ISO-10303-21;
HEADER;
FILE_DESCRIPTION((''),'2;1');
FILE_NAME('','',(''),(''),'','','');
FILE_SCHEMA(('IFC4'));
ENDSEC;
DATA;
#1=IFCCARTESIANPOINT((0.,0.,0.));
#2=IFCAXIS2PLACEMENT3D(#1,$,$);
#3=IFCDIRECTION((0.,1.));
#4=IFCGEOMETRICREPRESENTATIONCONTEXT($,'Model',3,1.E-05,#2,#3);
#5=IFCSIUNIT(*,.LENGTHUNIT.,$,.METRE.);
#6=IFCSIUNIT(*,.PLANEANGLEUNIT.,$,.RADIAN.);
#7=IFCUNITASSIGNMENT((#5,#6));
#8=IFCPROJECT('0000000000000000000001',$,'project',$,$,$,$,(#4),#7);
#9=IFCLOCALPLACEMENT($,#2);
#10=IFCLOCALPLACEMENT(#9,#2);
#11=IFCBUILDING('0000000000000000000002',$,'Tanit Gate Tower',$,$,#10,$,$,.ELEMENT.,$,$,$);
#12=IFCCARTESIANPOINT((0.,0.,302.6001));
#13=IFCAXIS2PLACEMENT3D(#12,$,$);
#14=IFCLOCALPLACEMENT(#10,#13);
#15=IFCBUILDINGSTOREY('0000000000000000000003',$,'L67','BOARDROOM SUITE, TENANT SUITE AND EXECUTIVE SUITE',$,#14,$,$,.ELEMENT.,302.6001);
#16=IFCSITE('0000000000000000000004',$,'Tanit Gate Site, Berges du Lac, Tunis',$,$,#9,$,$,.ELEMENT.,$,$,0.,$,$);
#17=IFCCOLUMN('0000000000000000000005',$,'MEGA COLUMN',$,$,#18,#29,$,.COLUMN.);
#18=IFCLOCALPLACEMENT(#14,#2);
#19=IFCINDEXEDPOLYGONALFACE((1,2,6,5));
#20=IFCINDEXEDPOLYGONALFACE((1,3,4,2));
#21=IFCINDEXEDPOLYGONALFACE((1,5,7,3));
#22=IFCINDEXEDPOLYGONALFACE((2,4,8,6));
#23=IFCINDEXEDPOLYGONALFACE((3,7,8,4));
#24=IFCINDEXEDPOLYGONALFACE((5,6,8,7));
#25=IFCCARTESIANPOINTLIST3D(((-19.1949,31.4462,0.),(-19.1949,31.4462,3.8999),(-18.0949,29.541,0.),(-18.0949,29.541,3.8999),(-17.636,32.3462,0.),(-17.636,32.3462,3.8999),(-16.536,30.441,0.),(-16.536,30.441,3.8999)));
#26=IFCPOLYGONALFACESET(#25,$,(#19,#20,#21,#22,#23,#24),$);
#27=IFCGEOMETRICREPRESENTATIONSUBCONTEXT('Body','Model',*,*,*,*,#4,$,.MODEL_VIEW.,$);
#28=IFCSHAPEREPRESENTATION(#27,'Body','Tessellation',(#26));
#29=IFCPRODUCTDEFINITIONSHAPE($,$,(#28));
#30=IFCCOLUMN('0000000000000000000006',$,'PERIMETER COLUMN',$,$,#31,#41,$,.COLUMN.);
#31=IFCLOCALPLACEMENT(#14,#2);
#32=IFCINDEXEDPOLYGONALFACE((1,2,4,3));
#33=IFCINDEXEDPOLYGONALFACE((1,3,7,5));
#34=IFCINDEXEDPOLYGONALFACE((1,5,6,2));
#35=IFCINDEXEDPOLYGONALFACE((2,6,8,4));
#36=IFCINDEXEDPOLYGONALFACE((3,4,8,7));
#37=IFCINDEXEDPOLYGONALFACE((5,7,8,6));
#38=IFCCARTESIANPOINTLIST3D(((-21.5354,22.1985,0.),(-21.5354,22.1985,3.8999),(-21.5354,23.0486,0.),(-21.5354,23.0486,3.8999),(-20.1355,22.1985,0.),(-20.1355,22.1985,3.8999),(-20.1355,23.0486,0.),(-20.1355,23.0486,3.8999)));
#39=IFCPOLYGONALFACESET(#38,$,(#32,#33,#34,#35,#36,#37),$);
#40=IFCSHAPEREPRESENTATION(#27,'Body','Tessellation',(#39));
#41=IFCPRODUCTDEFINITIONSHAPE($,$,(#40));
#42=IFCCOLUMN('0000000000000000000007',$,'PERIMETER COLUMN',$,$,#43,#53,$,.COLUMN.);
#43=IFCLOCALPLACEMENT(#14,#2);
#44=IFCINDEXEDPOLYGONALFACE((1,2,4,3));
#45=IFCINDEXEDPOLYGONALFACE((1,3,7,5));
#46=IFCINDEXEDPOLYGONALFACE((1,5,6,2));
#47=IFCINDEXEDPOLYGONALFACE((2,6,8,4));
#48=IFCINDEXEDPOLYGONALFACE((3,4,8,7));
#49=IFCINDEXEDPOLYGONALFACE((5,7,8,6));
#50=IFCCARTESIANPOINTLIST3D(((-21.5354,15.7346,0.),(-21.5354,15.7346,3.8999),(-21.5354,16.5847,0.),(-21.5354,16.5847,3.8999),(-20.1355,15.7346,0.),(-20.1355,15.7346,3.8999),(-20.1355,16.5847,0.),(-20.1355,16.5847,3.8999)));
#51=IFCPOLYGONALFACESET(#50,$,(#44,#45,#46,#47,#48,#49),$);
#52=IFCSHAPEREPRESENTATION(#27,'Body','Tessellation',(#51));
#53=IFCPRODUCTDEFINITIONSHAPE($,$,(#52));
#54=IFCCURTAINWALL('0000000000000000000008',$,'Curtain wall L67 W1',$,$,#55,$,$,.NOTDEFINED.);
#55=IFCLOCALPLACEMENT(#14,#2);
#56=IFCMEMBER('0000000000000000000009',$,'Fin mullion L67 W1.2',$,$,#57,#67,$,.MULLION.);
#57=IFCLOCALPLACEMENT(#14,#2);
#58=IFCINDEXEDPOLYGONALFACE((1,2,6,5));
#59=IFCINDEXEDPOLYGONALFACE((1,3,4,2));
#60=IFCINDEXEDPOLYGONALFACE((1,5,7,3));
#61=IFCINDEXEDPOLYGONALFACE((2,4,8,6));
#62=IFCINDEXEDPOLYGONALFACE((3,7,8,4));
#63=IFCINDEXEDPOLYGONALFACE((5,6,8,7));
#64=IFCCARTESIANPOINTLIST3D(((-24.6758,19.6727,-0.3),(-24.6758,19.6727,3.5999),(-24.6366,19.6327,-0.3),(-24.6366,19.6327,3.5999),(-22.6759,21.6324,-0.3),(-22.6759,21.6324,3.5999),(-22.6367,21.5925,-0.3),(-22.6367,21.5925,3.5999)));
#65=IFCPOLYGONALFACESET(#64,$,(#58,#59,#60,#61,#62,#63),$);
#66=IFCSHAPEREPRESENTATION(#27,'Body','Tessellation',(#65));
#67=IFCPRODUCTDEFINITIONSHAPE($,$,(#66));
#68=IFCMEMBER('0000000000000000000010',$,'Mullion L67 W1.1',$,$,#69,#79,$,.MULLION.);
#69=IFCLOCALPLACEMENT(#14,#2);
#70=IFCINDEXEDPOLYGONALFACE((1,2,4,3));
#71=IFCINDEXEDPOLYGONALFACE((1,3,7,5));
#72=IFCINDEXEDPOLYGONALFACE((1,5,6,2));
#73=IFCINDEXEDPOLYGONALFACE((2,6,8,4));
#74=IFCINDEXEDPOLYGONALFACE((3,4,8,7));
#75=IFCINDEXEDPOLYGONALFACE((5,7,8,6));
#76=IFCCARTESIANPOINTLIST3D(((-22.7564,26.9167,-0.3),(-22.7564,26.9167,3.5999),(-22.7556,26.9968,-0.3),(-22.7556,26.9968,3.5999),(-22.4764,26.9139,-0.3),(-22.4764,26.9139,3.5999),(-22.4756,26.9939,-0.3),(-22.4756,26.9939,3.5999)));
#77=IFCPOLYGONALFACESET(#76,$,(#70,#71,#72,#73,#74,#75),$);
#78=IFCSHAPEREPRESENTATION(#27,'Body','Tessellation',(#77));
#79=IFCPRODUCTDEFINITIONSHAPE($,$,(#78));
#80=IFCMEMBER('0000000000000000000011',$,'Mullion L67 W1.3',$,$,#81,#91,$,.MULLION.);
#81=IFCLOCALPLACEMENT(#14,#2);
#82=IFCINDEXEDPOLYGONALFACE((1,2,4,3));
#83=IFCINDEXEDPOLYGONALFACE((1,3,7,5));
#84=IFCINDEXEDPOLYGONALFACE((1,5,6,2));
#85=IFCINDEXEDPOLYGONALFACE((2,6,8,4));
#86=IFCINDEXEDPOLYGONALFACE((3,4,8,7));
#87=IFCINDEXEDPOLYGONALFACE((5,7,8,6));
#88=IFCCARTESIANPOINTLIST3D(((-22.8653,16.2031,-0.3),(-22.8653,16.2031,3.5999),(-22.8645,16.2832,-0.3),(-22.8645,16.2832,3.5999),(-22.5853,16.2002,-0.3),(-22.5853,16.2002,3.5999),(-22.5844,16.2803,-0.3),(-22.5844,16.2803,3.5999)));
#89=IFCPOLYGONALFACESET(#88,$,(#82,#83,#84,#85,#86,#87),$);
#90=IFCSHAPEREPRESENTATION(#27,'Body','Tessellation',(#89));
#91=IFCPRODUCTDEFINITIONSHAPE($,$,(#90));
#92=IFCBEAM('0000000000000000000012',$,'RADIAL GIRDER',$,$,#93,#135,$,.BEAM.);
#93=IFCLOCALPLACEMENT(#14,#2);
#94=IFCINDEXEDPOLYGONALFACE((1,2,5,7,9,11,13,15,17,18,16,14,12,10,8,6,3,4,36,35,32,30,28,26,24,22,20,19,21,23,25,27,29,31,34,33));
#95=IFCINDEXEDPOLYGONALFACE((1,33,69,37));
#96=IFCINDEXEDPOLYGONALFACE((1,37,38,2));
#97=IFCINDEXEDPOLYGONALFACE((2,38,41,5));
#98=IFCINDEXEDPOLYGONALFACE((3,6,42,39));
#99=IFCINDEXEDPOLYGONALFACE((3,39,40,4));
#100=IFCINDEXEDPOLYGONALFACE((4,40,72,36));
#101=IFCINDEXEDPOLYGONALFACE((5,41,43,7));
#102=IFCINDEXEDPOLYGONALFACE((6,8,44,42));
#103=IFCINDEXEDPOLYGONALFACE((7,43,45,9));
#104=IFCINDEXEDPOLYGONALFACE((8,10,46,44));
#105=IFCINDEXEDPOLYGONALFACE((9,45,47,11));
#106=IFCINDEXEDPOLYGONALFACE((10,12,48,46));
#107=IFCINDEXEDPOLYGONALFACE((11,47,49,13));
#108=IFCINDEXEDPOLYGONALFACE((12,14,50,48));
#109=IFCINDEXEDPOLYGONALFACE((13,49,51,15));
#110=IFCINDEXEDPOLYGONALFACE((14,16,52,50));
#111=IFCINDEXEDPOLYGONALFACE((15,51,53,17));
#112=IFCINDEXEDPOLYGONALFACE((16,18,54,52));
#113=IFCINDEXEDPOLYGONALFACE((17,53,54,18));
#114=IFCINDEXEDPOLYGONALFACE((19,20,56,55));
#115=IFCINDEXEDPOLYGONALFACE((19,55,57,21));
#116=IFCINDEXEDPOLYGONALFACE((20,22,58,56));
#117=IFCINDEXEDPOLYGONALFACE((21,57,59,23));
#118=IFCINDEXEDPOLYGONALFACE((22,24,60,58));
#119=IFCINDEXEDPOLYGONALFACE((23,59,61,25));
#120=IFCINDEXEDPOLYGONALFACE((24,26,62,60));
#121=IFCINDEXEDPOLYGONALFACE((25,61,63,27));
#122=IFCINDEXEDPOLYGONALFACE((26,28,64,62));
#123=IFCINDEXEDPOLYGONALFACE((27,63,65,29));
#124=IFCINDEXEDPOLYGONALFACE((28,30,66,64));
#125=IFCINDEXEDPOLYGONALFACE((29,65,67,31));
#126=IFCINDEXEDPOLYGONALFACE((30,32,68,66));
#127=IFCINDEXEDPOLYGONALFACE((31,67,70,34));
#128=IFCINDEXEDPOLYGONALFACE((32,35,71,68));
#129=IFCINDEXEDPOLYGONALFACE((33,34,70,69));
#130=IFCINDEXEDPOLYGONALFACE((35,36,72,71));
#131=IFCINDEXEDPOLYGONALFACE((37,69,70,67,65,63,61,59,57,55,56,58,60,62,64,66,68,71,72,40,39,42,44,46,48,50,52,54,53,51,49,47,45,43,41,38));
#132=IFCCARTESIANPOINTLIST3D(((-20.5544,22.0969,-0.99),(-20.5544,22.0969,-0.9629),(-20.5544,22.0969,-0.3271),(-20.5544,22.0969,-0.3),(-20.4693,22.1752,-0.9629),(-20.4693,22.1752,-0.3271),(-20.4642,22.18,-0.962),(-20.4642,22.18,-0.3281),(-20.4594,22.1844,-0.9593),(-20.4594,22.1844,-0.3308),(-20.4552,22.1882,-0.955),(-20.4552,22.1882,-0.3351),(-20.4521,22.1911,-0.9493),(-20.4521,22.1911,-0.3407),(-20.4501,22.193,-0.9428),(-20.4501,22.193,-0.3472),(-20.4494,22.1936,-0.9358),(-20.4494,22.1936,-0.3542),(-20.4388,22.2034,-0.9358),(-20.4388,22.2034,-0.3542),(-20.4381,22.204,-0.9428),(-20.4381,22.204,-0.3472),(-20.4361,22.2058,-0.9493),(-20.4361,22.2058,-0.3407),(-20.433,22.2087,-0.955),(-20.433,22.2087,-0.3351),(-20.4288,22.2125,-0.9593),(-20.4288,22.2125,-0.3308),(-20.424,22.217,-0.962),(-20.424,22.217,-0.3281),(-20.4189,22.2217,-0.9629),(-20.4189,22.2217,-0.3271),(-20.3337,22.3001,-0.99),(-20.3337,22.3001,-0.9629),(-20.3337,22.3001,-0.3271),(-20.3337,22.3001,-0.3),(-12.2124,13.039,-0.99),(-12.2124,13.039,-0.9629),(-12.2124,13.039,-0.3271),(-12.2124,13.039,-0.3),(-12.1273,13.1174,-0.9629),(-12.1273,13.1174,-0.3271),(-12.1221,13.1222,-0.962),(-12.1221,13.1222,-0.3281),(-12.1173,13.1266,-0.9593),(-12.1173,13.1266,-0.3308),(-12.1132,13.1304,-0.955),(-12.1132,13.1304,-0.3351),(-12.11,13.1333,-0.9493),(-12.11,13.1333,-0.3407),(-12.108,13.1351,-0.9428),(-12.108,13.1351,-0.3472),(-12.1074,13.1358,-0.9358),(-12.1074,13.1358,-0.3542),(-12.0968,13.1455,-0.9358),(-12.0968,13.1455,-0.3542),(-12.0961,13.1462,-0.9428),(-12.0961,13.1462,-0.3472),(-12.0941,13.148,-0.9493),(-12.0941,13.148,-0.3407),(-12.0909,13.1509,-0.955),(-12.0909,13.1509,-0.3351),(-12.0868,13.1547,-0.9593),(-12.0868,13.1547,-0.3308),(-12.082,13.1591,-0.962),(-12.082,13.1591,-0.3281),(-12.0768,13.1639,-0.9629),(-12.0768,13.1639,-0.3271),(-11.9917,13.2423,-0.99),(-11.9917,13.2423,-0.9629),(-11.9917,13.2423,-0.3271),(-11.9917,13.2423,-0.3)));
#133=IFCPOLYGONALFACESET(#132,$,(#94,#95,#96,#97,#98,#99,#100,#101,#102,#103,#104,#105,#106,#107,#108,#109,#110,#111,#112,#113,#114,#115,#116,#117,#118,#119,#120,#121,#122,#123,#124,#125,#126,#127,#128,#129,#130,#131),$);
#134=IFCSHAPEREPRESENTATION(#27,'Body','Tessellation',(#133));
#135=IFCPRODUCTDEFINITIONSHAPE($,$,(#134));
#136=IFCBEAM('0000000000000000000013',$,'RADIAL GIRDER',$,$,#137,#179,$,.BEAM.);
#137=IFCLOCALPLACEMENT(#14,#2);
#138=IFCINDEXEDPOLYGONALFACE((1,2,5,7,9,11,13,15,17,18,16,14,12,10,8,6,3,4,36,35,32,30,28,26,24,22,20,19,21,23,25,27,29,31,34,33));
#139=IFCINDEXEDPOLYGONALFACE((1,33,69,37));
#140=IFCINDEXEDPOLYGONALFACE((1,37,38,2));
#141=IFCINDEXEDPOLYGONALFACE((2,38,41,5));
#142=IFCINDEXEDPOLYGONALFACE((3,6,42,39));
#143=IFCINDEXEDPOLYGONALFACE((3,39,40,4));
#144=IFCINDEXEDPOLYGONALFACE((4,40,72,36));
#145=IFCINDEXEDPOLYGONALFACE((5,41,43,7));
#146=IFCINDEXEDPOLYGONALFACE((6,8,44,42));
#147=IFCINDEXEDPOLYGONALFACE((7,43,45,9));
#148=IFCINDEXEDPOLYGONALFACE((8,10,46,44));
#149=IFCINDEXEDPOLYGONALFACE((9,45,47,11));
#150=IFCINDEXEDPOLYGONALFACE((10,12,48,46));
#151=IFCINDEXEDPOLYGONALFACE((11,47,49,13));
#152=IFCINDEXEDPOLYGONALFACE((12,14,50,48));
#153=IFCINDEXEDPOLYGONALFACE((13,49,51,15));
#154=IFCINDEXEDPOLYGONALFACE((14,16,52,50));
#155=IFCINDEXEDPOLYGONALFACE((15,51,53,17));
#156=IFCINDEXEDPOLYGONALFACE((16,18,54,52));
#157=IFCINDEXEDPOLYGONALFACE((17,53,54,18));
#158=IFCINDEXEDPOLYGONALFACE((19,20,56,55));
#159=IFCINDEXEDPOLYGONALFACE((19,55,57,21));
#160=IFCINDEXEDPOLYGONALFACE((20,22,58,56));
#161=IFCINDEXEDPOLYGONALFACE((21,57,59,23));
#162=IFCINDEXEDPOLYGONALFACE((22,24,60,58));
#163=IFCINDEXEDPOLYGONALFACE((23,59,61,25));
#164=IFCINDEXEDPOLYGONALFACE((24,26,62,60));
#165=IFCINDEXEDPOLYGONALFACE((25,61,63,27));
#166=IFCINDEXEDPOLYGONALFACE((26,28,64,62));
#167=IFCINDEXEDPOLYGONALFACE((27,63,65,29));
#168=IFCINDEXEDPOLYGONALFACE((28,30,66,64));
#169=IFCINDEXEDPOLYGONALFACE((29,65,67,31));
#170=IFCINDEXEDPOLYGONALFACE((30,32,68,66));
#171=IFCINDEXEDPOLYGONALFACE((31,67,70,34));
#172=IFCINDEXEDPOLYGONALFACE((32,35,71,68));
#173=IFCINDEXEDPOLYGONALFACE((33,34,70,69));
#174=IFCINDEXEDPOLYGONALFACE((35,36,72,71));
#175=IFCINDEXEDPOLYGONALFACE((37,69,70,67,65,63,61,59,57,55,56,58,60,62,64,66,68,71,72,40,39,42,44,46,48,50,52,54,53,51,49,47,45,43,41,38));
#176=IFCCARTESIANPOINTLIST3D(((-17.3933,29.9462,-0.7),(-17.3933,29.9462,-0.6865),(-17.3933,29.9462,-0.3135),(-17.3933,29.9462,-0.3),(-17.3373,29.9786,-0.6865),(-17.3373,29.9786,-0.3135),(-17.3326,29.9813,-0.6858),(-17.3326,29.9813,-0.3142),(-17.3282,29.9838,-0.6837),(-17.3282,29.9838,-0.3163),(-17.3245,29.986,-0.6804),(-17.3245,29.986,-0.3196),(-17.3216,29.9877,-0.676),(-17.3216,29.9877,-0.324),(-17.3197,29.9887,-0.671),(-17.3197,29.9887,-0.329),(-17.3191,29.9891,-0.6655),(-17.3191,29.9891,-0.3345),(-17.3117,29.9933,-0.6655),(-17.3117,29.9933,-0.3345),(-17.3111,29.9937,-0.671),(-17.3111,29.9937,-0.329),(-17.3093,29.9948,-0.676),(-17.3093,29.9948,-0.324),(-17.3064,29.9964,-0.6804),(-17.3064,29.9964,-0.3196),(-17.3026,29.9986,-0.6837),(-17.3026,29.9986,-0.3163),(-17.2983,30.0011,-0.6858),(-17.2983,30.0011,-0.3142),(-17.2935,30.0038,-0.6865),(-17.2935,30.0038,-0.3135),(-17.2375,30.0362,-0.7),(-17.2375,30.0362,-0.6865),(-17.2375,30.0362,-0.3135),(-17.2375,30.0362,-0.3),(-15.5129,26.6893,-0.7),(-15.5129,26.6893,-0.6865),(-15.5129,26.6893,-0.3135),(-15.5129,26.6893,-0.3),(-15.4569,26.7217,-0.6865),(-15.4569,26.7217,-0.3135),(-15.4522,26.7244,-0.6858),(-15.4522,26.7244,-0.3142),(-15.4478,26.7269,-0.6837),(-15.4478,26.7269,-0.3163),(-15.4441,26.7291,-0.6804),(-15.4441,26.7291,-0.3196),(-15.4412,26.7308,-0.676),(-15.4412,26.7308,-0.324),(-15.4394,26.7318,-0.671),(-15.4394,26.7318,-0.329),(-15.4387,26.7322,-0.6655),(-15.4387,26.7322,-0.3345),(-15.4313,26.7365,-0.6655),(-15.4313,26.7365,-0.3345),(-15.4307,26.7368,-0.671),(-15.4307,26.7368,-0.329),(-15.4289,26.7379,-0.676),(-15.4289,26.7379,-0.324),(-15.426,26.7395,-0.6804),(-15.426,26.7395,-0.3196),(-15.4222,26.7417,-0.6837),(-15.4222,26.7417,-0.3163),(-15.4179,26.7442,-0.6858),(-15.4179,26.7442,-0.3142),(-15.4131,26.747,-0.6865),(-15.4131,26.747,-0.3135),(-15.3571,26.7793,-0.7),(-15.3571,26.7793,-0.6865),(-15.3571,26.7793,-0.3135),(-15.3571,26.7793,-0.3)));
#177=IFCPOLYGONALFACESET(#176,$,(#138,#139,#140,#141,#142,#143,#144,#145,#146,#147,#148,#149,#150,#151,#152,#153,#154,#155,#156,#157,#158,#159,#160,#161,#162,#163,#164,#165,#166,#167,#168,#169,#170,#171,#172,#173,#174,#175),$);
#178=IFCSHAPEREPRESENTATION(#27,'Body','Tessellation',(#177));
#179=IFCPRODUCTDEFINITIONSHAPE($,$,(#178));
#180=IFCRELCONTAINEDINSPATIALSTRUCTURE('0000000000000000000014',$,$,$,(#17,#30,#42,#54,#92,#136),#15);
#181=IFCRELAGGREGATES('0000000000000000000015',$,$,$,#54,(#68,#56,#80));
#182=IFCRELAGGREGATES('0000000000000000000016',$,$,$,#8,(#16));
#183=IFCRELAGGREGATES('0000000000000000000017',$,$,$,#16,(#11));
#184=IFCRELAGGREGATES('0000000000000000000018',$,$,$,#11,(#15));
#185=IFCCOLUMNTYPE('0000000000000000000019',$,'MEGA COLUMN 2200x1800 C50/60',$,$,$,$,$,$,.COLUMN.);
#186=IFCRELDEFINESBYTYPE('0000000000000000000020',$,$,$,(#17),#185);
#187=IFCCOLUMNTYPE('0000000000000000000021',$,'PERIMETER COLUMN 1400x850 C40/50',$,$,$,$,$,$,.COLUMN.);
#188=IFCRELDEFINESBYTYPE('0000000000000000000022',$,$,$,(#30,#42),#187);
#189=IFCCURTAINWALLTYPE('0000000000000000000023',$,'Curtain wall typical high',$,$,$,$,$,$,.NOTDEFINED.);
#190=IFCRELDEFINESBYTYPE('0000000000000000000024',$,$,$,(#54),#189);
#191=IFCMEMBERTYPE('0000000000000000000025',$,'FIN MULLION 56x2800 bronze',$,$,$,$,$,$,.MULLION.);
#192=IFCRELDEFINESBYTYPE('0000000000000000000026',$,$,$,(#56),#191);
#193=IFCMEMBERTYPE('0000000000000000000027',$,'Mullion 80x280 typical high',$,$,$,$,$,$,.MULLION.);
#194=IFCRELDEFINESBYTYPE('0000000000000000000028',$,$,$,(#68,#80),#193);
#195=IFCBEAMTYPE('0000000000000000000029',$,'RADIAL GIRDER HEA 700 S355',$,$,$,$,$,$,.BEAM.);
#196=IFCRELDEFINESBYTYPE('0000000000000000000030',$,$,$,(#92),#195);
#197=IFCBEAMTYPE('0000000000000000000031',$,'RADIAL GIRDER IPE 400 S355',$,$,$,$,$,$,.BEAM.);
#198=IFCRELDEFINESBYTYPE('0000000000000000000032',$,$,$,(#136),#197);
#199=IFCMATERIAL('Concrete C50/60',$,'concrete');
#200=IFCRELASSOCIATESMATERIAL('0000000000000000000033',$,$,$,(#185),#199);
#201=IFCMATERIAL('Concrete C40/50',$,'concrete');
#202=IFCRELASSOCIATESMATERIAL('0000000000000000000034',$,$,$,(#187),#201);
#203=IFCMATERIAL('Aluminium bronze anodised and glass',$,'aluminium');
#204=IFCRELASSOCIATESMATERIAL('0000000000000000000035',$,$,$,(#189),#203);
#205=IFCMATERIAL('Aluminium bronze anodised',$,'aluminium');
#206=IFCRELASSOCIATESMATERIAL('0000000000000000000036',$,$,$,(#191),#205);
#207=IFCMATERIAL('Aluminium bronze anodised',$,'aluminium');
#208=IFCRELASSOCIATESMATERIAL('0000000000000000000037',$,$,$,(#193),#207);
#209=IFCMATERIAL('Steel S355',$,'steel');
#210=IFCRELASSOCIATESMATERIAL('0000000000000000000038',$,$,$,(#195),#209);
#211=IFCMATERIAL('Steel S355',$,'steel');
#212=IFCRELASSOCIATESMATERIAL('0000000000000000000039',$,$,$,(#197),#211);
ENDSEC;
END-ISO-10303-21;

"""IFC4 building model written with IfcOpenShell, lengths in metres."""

from ifc_helpers import new_model, si_unit, direction, frame, origin, origin_2d, place, context, subcontext, project, spatial, rectangle, i_section, extrude, material, material_profile, profile_set, type_object, element, aggregate, save


model = new_model("IFC4")

# Units and contexts
model_context = context("Model", 3, precision=1e-05, world=origin(), true_north=direction((0.0, 1.0)))
body_context = subcontext(model_context, "Body", "Model", "MODEL_VIEW")
ifc_project = project(units=[si_unit("LENGTHUNIT", "METRE"), si_unit("PLANEANGLEUNIT", "RADIAN")], contexts=[model_context])

# Site, building, storey
site_placement = place(None, origin())
site = spatial("IfcSite", under=ifc_project, at=site_placement, Name="Tanit Gate Site, Berges du Lac, Tunis", CompositionType="ELEMENT", RefElevation=0.0)
building_placement = place(site_placement, origin())
building = spatial("IfcBuilding", under=site, at=building_placement, Name="Tanit Gate Tower", CompositionType="ELEMENT")
storey_placement = place(building_placement, frame((0.0, 0.0, 302.6001)))
storey = spatial("IfcBuildingStorey", under=building, at=storey_placement, Name="L67", Description="BOARDROOM SUITE, TENANT SUITE AND EXECUTIVE SUITE", CompositionType="ELEMENT", Elevation=302.6001)

# Columns
ifc_material_1 = material(Name="Concrete C50/60", Category="concrete")
ifc_material_profile_1 = material_profile(ifc_material_1, rectangle(XDim=2.2, YDim=1.8, at=origin_2d()), Name="RC 2200x1800")
ifc_profile_set_1 = profile_set([ifc_material_profile_1], Name="Concrete C50/60")
column_type_1 = type_object("IfcColumnType", Name="MEGA COLUMN 2200x1800 C50/60", PredefinedType="COLUMN", material=ifc_profile_set_1)
column_placement = place(storey_placement, frame((-17.8655, 30.9436, 0.0), z_axis=(0.0, 0.0, 1.0), x_axis=(-0.5, 0.866025, 0.0)))
element("IfcColumn", 1, at=column_placement, inside=storey, type_object=column_type_1, Name="MEGA COLUMN", PredefinedType="COLUMN", context=body_context, shape_type="SweptSolid", body=[
    extrude(rectangle(XDim=2.2, YDim=1.8, at=origin_2d()), origin(), (0.0, 0.0, 1.0), 3.8999),
])
ifc_material_2 = material(Name="Concrete C40/50", Category="concrete")
ifc_material_profile_2 = material_profile(ifc_material_2, rectangle(XDim=1.3999, YDim=0.8501, at=origin_2d()), Name="RC 1400x850")
ifc_profile_set_2 = profile_set([ifc_material_profile_2], Name="Concrete C40/50")
column_type_2 = type_object("IfcColumnType", Name="PERIMETER COLUMN 1400x850 C40/50", PredefinedType="COLUMN", material=ifc_profile_set_2)
for number, where, z_axis, x_axis, name in (
    (2, (-20.8354, 22.6235, 0.0), (0.0, 0.0, 1.0), (-1.0, 0.0, 0.0), "PERIMETER COLUMN"),
    (3, (-20.8354, 16.1597, 0.0), (0.0, 0.0, 1.0), (-1.0, 0.0, 0.0), "PERIMETER COLUMN"),
):
    element("IfcColumn", number, at=place(storey_placement, frame(where, z_axis=z_axis, x_axis=x_axis)), inside=storey, type_object=column_type_2, Name=name, PredefinedType="COLUMN", context=body_context, shape_type="SweptSolid", body=[
        extrude(rectangle(XDim=1.3999, YDim=0.8501, at=origin_2d()), origin(), (0.0, 0.0, 1.0), 3.8999),
    ])

# Curtain wall, members
ifc_material_3 = material(Name="Aluminium bronze anodised and glass", Category="aluminium")
curtain_wall_type = type_object("IfcCurtainWallType", Name="Curtain wall typical high", PredefinedType="NOTDEFINED", material=ifc_material_3)
curtain_wall_1_placement = place(storey_placement, origin())
curtain_wall_1 = element("IfcCurtainWall", 4, at=curtain_wall_1_placement, inside=storey, type_object=curtain_wall_type, Name="Curtain wall L67 W1", PredefinedType="NOTDEFINED")
ifc_material_4 = material(Name="Aluminium bronze anodised", Category="aluminium")
ifc_material_profile_3 = material_profile(ifc_material_4, rectangle(XDim=2.8, YDim=0.0559, at=origin_2d()), Name="56x2800 bronze fin mullion")
ifc_profile_set_3 = profile_set([ifc_material_profile_3], Name="Aluminium bronze anodised")
member_type_1 = type_object("IfcMemberType", Name="FIN MULLION 56x2800 bronze", PredefinedType="MULLION", material=ifc_profile_set_3)
member_1_placement = place(storey_placement, frame((-23.6562, 20.6326, -0.3), z_axis=(0.0, 0.0, 1.0), x_axis=(0.714244, 0.699896, 0.0)))
member_1 = element("IfcMember", 5, at=member_1_placement, type_object=member_type_1, Name="Fin mullion L67 W1.2", PredefinedType="MULLION", context=body_context, shape_type="SweptSolid", body=[
    extrude(rectangle(XDim=2.8, YDim=0.0559, at=origin_2d()), origin(), (0.0, 0.0, 1.0), 3.8999),
])
ifc_material_5 = material(Name="Aluminium bronze anodised", Category="aluminium")
ifc_material_profile_4 = material_profile(ifc_material_5, rectangle(XDim=0.28, YDim=0.0801, at=origin_2d()), Name="80x280 bronze mullion")
ifc_profile_set_4 = profile_set([ifc_material_profile_4], Name="Aluminium bronze anodised")
member_type_2 = type_object("IfcMemberType", Name="Mullion 80x280 typical high", PredefinedType="MULLION", material=ifc_profile_set_4)
member_2_placement = place(storey_placement, frame((-22.616, 26.9553, -0.3), z_axis=(0.0, 0.0, 1.0), x_axis=(0.999949, -0.010146, 0.0)))
member_2 = element("IfcMember", 6, at=member_2_placement, type_object=member_type_2, Name="Mullion L67 W1.1", PredefinedType="MULLION", context=body_context, shape_type="SweptSolid", body=[
    extrude(rectangle(XDim=0.28, YDim=0.0801, at=origin_2d()), origin(), (0.0, 0.0, 1.0), 3.8999),
])
member_3_placement = place(storey_placement, frame((-22.7249, 16.2417, -0.3), z_axis=(0.0, 0.0, 1.0), x_axis=(0.999949, -0.010146, 0.0)))
member_3 = element("IfcMember", 7, at=member_3_placement, type_object=member_type_2, Name="Mullion L67 W1.3", PredefinedType="MULLION", context=body_context, shape_type="SweptSolid", body=[
    extrude(rectangle(XDim=0.28, YDim=0.0801, at=origin_2d()), origin(), (0.0, 0.0, 1.0), 3.8999),
])

# Beams
ifc_material_6 = material(Name="Steel S355", Category="steel")
ifc_material_profile_5 = material_profile(ifc_material_6, i_section(OverallWidth=0.3, OverallDepth=0.6899, WebThickness=0.0144, FlangeThickness=0.0271, FilletRadius=0.0271, at=origin_2d()), Name="HEA 700")
ifc_profile_set_5 = profile_set([ifc_material_profile_5], Name="Steel S355")
beam_type_1 = type_object("IfcBeamType", Name="RADIAL GIRDER HEA 700 S355", PredefinedType="BEAM", material=ifc_profile_set_5)
beam_1_placement = place(storey_placement, frame((-20.4441, 22.1985, -0.645), z_axis=(0.677444, -0.735574, 0.0), x_axis=(0.735574, 0.677444, 0.0)))
element("IfcBeam", 8, at=beam_1_placement, inside=storey, type_object=beam_type_1, Name="RADIAL GIRDER", PredefinedType="BEAM", context=body_context, shape_type="SweptSolid", body=[
    extrude(i_section(OverallWidth=0.3, OverallDepth=0.6899, WebThickness=0.0144, FlangeThickness=0.0271, FilletRadius=0.0271, at=origin_2d()), origin(), (0.0, 0.0, 1.0), 12.314),
])
ifc_material_7 = material(Name="Steel S355", Category="steel")
ifc_material_profile_6 = material_profile(ifc_material_7, i_section(OverallWidth=0.1799, OverallDepth=0.3999, WebThickness=0.0085, FlangeThickness=0.0134, FilletRadius=0.021, at=origin_2d()), Name="IPE 400")
ifc_profile_set_6 = profile_set([ifc_material_profile_6], Name="Steel S355")
beam_type_2 = type_object("IfcBeamType", Name="RADIAL GIRDER IPE 400 S355", PredefinedType="BEAM", material=ifc_profile_set_6)
beam_2_placement = place(storey_placement, frame((-17.3154, 29.9912, -0.5), z_axis=(0.500007, -0.866021, 0.0), x_axis=(0.866021, 0.500007, 0.0)))
element("IfcBeam", 9, at=beam_2_placement, inside=storey, type_object=beam_type_2, Name="RADIAL GIRDER", PredefinedType="BEAM", context=body_context, shape_type="SweptSolid", body=[
    extrude(i_section(OverallWidth=0.1799, OverallDepth=0.3999, WebThickness=0.0085, FlangeThickness=0.0134, FilletRadius=0.021, at=origin_2d()), origin(), (0.0, 0.0, 1.0), 3.7607),
])

aggregate(curtain_wall_1, [member_2, member_1, member_3])

save(model, "model.ifc")
